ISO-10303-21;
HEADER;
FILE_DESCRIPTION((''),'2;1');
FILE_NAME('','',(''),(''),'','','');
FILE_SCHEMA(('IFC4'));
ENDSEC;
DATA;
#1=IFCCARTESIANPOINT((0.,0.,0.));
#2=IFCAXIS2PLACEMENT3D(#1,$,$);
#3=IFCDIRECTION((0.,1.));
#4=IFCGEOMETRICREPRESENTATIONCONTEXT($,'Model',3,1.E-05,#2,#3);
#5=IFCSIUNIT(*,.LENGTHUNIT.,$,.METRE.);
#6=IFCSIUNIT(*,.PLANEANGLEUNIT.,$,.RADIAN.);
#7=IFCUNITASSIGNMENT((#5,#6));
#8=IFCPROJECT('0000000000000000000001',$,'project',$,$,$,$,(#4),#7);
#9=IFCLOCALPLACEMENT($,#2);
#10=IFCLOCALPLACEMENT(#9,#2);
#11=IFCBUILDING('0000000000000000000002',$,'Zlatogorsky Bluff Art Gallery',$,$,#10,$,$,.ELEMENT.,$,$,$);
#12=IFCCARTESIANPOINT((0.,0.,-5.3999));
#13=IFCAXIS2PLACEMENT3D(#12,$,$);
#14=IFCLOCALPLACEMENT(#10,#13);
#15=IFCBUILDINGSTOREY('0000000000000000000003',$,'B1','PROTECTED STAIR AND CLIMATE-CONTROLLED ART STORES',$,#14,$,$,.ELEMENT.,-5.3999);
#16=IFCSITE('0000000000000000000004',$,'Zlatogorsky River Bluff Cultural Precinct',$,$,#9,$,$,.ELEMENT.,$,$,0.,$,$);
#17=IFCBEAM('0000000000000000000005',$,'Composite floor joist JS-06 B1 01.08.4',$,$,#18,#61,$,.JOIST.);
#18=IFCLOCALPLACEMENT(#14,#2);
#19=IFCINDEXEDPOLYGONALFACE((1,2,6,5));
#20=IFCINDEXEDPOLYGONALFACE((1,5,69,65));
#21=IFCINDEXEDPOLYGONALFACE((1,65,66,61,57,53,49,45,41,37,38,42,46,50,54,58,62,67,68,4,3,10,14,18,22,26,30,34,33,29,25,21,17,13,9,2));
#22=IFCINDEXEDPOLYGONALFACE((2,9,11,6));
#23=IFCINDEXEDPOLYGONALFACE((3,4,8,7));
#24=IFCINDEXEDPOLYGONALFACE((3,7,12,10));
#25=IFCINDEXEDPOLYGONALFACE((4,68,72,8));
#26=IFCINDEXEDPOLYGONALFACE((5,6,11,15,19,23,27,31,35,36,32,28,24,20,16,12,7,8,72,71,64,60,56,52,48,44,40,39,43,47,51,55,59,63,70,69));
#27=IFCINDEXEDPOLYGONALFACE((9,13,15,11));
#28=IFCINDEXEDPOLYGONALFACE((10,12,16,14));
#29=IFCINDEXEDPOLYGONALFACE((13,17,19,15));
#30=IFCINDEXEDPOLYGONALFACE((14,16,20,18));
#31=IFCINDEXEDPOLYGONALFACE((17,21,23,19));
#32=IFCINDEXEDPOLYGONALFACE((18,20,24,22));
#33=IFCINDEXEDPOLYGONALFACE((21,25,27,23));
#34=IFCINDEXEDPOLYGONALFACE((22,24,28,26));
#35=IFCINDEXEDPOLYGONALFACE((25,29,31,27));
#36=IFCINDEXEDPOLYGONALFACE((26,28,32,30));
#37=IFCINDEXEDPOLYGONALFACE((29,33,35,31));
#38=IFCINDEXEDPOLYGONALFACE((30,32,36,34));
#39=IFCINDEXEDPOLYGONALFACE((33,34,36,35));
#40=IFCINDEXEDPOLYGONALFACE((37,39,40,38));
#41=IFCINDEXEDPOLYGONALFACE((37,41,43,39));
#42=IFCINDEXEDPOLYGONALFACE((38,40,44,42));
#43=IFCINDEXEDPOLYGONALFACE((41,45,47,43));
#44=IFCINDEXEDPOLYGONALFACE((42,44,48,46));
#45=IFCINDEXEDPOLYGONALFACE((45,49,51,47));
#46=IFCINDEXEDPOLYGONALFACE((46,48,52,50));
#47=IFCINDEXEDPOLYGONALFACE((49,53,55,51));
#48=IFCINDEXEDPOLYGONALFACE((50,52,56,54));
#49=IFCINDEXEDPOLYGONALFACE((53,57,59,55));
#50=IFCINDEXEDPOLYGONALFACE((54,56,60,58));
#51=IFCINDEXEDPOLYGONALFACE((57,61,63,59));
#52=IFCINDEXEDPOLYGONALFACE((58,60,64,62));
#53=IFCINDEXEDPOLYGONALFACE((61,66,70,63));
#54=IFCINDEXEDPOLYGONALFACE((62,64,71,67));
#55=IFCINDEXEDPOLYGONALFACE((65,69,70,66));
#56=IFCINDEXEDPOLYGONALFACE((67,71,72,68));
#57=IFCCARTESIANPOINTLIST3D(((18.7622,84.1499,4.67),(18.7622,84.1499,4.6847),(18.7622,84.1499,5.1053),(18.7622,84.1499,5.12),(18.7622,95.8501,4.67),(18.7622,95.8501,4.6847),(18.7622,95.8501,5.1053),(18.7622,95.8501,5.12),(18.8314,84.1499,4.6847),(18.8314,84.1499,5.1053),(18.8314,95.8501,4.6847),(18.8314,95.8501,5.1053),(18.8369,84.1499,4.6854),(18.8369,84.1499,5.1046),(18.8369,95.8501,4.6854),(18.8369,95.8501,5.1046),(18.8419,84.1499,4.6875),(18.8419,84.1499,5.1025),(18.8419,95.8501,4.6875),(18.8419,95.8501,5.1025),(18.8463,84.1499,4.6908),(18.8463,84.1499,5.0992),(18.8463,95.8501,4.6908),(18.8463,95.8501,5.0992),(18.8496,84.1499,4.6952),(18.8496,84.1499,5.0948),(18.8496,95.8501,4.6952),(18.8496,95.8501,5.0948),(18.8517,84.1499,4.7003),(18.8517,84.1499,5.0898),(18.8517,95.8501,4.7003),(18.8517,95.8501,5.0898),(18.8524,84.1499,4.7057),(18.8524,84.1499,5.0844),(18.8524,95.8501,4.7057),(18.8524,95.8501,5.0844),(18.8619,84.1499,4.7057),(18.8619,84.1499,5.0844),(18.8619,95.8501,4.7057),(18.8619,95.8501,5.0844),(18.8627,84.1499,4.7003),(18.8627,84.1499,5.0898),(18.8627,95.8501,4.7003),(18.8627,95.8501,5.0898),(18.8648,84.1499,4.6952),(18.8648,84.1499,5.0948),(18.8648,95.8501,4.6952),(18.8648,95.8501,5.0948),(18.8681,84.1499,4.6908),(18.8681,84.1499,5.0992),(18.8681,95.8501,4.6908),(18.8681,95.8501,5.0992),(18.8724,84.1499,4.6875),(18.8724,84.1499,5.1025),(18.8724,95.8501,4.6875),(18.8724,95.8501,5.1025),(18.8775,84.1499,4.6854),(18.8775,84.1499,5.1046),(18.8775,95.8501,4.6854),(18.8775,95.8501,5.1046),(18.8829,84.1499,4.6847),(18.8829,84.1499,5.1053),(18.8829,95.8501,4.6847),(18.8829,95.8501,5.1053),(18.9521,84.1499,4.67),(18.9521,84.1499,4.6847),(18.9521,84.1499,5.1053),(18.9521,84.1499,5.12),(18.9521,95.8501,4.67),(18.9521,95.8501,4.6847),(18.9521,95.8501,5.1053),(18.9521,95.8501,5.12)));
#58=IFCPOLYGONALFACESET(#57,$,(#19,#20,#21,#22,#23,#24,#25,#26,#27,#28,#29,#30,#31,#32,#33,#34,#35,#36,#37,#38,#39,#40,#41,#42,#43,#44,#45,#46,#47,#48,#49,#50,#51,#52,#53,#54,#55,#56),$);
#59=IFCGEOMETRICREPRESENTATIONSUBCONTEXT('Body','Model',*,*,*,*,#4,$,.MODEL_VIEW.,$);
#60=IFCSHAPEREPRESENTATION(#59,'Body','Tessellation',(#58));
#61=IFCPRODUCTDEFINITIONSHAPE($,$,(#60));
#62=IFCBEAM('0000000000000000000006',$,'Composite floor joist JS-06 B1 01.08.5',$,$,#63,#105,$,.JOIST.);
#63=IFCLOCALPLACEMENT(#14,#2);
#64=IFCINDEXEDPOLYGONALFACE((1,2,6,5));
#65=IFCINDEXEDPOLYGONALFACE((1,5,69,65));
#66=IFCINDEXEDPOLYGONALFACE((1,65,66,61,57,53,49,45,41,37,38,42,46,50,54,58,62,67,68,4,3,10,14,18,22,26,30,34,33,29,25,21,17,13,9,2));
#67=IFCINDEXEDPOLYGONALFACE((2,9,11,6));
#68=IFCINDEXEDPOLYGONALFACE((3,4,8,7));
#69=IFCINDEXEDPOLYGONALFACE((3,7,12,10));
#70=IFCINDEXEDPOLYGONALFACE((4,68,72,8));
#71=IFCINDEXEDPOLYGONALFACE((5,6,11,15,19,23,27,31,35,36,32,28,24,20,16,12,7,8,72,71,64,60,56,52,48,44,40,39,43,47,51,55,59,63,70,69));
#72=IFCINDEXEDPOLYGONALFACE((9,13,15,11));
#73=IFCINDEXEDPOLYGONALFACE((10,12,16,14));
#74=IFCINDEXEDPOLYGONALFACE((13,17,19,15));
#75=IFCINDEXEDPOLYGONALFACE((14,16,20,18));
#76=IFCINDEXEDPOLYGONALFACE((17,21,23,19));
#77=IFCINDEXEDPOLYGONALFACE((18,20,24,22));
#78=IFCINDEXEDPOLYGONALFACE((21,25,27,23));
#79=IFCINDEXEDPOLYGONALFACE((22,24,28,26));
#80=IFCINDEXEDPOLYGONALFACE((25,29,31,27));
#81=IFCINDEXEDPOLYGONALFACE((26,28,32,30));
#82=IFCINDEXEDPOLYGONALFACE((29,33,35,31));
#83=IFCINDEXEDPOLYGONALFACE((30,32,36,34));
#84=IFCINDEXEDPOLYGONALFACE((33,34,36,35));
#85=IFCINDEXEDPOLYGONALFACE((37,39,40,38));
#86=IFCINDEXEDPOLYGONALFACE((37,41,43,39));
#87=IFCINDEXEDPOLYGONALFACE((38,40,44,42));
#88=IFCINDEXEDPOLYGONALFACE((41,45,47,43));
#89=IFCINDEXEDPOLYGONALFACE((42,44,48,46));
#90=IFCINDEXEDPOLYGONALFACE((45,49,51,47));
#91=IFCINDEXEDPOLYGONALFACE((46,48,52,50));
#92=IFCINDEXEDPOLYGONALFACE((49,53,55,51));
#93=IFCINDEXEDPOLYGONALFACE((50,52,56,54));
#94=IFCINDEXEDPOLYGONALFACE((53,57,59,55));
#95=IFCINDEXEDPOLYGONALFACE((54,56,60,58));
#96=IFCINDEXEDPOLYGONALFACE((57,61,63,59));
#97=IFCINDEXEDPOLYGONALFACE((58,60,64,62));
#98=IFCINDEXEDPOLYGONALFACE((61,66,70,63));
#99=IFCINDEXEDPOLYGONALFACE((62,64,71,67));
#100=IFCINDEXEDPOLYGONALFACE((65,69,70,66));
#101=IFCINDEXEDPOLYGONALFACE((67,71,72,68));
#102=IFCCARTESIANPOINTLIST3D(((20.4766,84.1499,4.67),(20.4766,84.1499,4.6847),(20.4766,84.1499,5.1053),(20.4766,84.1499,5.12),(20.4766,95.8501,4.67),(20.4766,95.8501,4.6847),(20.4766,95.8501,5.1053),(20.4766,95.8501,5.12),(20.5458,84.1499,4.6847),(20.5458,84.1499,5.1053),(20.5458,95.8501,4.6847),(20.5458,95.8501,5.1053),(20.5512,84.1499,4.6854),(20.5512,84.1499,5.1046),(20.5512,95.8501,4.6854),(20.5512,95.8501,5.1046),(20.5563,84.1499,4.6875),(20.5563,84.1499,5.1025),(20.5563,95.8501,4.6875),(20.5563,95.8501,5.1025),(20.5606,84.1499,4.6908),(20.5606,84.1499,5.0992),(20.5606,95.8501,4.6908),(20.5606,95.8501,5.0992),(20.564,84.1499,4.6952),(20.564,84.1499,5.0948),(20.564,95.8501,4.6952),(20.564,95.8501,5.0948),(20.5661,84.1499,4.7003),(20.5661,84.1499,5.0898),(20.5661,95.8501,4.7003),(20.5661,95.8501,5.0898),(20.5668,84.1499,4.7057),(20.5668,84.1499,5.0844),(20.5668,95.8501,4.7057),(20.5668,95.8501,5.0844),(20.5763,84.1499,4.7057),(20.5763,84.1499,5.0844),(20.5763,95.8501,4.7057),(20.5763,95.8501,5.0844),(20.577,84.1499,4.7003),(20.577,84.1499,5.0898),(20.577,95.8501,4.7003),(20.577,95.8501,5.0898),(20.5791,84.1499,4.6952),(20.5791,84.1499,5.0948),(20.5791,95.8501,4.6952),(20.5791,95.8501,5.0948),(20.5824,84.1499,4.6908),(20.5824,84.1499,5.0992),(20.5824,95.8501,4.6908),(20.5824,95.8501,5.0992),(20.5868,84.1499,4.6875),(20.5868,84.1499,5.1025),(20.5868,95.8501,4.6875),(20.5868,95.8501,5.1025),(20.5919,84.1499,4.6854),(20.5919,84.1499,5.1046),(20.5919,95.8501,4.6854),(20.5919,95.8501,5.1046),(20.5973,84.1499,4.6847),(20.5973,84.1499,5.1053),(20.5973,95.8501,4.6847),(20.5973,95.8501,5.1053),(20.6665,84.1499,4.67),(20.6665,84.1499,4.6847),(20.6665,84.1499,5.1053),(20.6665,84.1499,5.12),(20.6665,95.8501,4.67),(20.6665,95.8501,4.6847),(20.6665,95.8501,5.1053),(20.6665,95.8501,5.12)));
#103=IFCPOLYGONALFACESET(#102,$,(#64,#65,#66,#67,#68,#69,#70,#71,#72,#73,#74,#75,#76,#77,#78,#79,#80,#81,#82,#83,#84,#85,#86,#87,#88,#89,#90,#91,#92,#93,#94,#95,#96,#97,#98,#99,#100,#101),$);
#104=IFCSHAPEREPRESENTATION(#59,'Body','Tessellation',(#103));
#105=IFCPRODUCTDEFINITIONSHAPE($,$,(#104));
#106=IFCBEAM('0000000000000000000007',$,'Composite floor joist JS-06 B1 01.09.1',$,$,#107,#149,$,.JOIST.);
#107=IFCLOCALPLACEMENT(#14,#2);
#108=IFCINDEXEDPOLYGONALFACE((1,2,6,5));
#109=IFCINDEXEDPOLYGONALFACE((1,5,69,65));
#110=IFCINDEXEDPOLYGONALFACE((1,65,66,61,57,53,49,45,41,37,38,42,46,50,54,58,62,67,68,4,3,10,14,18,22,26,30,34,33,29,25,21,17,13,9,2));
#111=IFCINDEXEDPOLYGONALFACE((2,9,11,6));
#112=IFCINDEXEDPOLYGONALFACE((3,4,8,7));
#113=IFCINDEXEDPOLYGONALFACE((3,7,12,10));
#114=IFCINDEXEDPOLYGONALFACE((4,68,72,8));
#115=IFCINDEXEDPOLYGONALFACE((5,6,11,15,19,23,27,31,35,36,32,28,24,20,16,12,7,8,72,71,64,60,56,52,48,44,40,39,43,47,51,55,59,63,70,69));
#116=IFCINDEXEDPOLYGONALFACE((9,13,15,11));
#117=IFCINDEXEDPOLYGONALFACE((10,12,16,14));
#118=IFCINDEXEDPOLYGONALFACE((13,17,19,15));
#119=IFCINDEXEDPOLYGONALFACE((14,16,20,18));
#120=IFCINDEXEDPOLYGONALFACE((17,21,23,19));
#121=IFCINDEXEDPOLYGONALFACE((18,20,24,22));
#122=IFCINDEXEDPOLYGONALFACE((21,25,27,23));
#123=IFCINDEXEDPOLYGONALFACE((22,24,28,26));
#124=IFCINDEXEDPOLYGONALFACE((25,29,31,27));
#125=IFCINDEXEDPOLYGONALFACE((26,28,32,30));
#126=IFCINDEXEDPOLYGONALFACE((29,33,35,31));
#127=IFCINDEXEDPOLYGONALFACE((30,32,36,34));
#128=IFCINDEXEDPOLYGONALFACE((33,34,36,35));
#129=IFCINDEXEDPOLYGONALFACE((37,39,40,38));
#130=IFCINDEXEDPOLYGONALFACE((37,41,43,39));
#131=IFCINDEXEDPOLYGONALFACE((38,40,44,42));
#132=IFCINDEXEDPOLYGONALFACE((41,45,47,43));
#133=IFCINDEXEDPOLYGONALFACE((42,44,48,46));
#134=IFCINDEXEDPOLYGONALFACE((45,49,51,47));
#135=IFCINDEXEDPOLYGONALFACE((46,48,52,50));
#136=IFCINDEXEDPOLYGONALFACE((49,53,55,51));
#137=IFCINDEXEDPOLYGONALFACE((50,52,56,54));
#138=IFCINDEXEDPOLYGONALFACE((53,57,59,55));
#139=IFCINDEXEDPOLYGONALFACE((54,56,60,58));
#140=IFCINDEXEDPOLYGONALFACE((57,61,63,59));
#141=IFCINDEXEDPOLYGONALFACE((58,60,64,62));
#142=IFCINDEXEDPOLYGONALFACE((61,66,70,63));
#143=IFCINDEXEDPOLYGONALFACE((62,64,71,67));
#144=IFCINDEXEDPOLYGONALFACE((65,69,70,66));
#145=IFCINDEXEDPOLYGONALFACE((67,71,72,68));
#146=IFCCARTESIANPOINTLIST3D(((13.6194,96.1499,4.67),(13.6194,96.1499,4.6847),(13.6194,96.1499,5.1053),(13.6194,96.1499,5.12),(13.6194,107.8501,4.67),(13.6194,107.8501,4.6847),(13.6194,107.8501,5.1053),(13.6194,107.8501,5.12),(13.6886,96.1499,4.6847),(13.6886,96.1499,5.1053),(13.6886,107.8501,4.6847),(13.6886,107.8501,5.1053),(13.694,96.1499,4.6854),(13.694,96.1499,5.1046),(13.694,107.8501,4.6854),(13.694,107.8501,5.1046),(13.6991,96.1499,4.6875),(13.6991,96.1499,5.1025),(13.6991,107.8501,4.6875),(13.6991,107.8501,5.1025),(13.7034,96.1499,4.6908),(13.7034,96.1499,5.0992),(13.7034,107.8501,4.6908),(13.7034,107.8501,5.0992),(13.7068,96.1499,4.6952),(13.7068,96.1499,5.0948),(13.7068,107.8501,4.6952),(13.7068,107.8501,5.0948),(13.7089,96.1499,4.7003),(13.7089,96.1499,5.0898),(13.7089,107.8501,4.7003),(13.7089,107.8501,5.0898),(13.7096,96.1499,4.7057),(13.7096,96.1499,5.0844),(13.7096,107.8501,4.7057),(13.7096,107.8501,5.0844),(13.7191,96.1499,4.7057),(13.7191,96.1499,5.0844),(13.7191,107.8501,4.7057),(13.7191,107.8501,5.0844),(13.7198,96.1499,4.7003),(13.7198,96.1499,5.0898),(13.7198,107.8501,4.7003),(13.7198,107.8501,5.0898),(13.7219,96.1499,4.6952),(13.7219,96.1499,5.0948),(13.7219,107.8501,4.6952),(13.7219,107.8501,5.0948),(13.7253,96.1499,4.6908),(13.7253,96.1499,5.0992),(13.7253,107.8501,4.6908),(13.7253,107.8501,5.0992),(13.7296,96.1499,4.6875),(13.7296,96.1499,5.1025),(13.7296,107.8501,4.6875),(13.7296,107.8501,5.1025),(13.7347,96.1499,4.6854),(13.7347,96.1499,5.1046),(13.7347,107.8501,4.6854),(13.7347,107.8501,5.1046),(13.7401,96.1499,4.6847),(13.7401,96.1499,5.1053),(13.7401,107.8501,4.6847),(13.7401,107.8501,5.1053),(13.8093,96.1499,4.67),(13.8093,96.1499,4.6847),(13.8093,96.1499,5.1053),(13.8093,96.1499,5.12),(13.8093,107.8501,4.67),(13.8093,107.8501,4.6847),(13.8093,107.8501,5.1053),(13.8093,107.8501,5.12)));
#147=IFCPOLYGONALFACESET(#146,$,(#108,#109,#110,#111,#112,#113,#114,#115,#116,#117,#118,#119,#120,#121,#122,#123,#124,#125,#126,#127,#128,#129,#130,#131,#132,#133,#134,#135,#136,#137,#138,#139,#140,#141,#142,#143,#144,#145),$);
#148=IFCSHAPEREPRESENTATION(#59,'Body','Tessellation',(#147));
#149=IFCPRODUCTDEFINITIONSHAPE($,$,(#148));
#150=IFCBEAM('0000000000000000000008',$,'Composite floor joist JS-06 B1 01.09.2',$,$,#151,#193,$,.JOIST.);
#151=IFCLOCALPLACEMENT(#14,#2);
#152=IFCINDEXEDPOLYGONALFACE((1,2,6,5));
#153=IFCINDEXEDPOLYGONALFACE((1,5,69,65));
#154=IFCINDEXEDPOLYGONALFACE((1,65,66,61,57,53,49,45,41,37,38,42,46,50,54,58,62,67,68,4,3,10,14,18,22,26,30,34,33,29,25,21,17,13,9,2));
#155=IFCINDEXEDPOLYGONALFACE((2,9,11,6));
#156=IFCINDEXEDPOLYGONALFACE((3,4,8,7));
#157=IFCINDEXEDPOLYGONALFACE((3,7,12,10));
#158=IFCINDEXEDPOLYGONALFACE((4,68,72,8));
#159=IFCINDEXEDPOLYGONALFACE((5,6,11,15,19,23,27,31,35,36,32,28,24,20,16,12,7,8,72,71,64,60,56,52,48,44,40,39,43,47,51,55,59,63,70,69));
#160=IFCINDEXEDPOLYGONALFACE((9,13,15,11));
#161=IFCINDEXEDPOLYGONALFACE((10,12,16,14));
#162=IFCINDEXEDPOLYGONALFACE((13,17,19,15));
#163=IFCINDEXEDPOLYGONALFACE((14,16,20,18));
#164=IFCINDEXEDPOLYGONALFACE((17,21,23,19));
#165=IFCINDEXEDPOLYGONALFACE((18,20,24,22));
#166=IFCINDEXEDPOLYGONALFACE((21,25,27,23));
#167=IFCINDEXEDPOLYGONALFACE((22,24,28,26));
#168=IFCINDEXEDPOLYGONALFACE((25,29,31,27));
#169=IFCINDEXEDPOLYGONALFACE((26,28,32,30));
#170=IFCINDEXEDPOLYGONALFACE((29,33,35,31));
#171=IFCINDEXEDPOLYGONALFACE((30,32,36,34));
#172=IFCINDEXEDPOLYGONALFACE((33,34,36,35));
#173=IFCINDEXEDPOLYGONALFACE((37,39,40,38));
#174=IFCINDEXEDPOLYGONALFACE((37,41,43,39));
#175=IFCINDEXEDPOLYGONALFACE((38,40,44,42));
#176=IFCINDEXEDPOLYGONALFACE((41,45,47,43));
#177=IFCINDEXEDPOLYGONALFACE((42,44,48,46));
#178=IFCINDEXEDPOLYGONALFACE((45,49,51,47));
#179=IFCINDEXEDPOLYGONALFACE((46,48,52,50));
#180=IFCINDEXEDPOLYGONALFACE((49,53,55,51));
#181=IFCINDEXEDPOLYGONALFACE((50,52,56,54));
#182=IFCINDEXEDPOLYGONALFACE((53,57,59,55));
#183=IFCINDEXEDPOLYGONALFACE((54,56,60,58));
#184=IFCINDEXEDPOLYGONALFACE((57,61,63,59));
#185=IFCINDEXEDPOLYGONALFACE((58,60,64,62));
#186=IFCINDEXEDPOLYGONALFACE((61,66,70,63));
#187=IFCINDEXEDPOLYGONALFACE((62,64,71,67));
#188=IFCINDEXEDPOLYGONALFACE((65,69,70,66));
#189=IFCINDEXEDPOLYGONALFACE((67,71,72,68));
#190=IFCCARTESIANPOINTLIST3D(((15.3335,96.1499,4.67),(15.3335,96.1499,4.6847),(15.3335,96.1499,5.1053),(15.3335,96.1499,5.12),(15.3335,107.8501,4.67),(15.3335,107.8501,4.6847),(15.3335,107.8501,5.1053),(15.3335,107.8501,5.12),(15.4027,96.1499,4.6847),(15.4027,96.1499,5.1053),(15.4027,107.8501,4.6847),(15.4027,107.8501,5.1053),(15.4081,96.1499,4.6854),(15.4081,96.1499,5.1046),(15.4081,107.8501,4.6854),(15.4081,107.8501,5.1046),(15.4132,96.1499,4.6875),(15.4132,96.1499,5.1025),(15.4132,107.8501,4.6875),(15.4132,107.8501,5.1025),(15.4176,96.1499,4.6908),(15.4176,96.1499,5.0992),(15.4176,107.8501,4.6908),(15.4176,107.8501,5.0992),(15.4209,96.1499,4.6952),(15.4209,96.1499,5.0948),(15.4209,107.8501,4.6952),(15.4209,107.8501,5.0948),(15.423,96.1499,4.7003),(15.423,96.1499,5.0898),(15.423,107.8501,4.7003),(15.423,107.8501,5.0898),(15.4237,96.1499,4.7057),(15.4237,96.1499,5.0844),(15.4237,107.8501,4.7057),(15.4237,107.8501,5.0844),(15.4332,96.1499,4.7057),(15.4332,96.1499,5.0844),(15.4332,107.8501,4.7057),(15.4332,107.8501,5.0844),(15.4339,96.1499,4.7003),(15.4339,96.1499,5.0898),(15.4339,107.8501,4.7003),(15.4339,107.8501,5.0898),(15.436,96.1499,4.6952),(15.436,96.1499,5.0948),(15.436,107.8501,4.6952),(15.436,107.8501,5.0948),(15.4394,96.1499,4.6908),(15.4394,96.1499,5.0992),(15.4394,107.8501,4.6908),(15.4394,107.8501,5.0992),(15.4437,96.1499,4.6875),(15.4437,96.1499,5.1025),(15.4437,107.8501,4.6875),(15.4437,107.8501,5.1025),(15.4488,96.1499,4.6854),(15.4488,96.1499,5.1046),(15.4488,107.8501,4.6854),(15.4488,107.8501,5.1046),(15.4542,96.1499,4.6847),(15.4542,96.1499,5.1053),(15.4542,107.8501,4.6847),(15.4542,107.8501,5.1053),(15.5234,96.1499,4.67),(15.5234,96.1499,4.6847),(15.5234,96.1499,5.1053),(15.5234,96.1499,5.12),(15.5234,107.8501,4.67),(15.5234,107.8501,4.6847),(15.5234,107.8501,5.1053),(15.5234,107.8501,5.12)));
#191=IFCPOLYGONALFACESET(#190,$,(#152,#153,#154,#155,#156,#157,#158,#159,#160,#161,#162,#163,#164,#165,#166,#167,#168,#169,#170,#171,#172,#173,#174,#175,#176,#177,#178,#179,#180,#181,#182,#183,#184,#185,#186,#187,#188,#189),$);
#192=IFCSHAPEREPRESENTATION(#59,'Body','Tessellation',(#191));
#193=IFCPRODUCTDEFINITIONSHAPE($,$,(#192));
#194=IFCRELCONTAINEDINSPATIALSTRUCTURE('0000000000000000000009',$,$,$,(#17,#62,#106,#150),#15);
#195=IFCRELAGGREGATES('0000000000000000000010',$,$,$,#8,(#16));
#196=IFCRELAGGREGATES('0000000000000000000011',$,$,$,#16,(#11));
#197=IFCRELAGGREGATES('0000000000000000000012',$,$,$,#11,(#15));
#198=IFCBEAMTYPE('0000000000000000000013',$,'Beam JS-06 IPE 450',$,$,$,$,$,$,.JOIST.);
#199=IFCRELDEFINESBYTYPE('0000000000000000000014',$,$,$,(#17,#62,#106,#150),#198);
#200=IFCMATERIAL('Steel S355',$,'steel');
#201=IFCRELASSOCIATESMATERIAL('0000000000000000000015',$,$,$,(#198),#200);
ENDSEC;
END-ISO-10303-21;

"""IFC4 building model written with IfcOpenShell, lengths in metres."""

from ifc_helpers import new_model, si_unit, direction, frame, origin, origin_2d, place, context, subcontext, project, spatial, i_section, extrude, material, material_profile, profile_set, type_object, element, save


model = new_model("IFC4")

# Units and contexts
model_context = context("Model", 3, precision=1e-05, world=origin(), true_north=direction((0.0, 1.0)))
body_context = subcontext(model_context, "Body", "Model", "MODEL_VIEW")
ifc_project = project(units=[si_unit("LENGTHUNIT", "METRE"), si_unit("PLANEANGLEUNIT", "RADIAN")], contexts=[model_context])

# Site, building, storey
site_placement = place(None, origin())
site = spatial("IfcSite", under=ifc_project, at=site_placement, Name="Zlatogorsky River Bluff Cultural Precinct", CompositionType="ELEMENT", RefElevation=0.0)
building_placement = place(site_placement, origin())
building = spatial("IfcBuilding", under=site, at=building_placement, Name="Zlatogorsky Bluff Art Gallery", CompositionType="ELEMENT")
storey_placement = place(building_placement, frame((0.0, 0.0, -5.3999)))
storey = spatial("IfcBuildingStorey", under=building, at=storey_placement, Name="B1", Description="PROTECTED STAIR AND CLIMATE-CONTROLLED ART STORES", CompositionType="ELEMENT", Elevation=-5.3999)

# Shared definitions
ifc_material_1 = material(Name="Steel S355", Category="steel")

# Beams
ifc_material_profile_1 = material_profile(ifc_material_1, i_section(OverallWidth=0.1899, OverallDepth=0.45, WebThickness=0.0095, FlangeThickness=0.0146, FilletRadius=0.021, at=origin_2d()), Name="IPE 450")
ifc_profile_set_1 = profile_set([ifc_material_profile_1], Name="Steel S355")
beam_type_1 = type_object("IfcBeamType", Name="Beam JS-06 IPE 450", PredefinedType="JOIST", material=ifc_profile_set_1)
for number, where, z_axis, x_axis, name in (
    (1, (18.8572, 84.1499, 4.895), (0.0, 1.0, 0.0), (-1.0, 0.0, 0.0), "Composite floor joist JS-06 B1 01.08.4"),
    (2, (20.5715, 84.1499, 4.895), (0.0, 1.0, 0.0), (-1.0, 0.0, 0.0), "Composite floor joist JS-06 B1 01.08.5"),
    (3, (13.7144, 96.1499, 4.895), (0.0, 1.0, 0.0), (-1.0, 0.0, 0.0), "Composite floor joist JS-06 B1 01.09.1"),
    (4, (15.4285, 96.1499, 4.895), (0.0, 1.0, 0.0), (-1.0, 0.0, 0.0), "Composite floor joist JS-06 B1 01.09.2"),
):
    element("IfcBeam", number, at=place(storey_placement, frame(where, z_axis=z_axis, x_axis=x_axis)), inside=storey, type_object=beam_type_1, Name=name, PredefinedType="JOIST", context=body_context, shape_type="SweptSolid", body=[
        extrude(i_section(OverallWidth=0.1899, OverallDepth=0.45, WebThickness=0.0095, FlangeThickness=0.0146, FilletRadius=0.021, at=origin_2d()), origin(), (0.0, 0.0, 1.0), 11.7002),
    ])

save(model, "model.ifc")
